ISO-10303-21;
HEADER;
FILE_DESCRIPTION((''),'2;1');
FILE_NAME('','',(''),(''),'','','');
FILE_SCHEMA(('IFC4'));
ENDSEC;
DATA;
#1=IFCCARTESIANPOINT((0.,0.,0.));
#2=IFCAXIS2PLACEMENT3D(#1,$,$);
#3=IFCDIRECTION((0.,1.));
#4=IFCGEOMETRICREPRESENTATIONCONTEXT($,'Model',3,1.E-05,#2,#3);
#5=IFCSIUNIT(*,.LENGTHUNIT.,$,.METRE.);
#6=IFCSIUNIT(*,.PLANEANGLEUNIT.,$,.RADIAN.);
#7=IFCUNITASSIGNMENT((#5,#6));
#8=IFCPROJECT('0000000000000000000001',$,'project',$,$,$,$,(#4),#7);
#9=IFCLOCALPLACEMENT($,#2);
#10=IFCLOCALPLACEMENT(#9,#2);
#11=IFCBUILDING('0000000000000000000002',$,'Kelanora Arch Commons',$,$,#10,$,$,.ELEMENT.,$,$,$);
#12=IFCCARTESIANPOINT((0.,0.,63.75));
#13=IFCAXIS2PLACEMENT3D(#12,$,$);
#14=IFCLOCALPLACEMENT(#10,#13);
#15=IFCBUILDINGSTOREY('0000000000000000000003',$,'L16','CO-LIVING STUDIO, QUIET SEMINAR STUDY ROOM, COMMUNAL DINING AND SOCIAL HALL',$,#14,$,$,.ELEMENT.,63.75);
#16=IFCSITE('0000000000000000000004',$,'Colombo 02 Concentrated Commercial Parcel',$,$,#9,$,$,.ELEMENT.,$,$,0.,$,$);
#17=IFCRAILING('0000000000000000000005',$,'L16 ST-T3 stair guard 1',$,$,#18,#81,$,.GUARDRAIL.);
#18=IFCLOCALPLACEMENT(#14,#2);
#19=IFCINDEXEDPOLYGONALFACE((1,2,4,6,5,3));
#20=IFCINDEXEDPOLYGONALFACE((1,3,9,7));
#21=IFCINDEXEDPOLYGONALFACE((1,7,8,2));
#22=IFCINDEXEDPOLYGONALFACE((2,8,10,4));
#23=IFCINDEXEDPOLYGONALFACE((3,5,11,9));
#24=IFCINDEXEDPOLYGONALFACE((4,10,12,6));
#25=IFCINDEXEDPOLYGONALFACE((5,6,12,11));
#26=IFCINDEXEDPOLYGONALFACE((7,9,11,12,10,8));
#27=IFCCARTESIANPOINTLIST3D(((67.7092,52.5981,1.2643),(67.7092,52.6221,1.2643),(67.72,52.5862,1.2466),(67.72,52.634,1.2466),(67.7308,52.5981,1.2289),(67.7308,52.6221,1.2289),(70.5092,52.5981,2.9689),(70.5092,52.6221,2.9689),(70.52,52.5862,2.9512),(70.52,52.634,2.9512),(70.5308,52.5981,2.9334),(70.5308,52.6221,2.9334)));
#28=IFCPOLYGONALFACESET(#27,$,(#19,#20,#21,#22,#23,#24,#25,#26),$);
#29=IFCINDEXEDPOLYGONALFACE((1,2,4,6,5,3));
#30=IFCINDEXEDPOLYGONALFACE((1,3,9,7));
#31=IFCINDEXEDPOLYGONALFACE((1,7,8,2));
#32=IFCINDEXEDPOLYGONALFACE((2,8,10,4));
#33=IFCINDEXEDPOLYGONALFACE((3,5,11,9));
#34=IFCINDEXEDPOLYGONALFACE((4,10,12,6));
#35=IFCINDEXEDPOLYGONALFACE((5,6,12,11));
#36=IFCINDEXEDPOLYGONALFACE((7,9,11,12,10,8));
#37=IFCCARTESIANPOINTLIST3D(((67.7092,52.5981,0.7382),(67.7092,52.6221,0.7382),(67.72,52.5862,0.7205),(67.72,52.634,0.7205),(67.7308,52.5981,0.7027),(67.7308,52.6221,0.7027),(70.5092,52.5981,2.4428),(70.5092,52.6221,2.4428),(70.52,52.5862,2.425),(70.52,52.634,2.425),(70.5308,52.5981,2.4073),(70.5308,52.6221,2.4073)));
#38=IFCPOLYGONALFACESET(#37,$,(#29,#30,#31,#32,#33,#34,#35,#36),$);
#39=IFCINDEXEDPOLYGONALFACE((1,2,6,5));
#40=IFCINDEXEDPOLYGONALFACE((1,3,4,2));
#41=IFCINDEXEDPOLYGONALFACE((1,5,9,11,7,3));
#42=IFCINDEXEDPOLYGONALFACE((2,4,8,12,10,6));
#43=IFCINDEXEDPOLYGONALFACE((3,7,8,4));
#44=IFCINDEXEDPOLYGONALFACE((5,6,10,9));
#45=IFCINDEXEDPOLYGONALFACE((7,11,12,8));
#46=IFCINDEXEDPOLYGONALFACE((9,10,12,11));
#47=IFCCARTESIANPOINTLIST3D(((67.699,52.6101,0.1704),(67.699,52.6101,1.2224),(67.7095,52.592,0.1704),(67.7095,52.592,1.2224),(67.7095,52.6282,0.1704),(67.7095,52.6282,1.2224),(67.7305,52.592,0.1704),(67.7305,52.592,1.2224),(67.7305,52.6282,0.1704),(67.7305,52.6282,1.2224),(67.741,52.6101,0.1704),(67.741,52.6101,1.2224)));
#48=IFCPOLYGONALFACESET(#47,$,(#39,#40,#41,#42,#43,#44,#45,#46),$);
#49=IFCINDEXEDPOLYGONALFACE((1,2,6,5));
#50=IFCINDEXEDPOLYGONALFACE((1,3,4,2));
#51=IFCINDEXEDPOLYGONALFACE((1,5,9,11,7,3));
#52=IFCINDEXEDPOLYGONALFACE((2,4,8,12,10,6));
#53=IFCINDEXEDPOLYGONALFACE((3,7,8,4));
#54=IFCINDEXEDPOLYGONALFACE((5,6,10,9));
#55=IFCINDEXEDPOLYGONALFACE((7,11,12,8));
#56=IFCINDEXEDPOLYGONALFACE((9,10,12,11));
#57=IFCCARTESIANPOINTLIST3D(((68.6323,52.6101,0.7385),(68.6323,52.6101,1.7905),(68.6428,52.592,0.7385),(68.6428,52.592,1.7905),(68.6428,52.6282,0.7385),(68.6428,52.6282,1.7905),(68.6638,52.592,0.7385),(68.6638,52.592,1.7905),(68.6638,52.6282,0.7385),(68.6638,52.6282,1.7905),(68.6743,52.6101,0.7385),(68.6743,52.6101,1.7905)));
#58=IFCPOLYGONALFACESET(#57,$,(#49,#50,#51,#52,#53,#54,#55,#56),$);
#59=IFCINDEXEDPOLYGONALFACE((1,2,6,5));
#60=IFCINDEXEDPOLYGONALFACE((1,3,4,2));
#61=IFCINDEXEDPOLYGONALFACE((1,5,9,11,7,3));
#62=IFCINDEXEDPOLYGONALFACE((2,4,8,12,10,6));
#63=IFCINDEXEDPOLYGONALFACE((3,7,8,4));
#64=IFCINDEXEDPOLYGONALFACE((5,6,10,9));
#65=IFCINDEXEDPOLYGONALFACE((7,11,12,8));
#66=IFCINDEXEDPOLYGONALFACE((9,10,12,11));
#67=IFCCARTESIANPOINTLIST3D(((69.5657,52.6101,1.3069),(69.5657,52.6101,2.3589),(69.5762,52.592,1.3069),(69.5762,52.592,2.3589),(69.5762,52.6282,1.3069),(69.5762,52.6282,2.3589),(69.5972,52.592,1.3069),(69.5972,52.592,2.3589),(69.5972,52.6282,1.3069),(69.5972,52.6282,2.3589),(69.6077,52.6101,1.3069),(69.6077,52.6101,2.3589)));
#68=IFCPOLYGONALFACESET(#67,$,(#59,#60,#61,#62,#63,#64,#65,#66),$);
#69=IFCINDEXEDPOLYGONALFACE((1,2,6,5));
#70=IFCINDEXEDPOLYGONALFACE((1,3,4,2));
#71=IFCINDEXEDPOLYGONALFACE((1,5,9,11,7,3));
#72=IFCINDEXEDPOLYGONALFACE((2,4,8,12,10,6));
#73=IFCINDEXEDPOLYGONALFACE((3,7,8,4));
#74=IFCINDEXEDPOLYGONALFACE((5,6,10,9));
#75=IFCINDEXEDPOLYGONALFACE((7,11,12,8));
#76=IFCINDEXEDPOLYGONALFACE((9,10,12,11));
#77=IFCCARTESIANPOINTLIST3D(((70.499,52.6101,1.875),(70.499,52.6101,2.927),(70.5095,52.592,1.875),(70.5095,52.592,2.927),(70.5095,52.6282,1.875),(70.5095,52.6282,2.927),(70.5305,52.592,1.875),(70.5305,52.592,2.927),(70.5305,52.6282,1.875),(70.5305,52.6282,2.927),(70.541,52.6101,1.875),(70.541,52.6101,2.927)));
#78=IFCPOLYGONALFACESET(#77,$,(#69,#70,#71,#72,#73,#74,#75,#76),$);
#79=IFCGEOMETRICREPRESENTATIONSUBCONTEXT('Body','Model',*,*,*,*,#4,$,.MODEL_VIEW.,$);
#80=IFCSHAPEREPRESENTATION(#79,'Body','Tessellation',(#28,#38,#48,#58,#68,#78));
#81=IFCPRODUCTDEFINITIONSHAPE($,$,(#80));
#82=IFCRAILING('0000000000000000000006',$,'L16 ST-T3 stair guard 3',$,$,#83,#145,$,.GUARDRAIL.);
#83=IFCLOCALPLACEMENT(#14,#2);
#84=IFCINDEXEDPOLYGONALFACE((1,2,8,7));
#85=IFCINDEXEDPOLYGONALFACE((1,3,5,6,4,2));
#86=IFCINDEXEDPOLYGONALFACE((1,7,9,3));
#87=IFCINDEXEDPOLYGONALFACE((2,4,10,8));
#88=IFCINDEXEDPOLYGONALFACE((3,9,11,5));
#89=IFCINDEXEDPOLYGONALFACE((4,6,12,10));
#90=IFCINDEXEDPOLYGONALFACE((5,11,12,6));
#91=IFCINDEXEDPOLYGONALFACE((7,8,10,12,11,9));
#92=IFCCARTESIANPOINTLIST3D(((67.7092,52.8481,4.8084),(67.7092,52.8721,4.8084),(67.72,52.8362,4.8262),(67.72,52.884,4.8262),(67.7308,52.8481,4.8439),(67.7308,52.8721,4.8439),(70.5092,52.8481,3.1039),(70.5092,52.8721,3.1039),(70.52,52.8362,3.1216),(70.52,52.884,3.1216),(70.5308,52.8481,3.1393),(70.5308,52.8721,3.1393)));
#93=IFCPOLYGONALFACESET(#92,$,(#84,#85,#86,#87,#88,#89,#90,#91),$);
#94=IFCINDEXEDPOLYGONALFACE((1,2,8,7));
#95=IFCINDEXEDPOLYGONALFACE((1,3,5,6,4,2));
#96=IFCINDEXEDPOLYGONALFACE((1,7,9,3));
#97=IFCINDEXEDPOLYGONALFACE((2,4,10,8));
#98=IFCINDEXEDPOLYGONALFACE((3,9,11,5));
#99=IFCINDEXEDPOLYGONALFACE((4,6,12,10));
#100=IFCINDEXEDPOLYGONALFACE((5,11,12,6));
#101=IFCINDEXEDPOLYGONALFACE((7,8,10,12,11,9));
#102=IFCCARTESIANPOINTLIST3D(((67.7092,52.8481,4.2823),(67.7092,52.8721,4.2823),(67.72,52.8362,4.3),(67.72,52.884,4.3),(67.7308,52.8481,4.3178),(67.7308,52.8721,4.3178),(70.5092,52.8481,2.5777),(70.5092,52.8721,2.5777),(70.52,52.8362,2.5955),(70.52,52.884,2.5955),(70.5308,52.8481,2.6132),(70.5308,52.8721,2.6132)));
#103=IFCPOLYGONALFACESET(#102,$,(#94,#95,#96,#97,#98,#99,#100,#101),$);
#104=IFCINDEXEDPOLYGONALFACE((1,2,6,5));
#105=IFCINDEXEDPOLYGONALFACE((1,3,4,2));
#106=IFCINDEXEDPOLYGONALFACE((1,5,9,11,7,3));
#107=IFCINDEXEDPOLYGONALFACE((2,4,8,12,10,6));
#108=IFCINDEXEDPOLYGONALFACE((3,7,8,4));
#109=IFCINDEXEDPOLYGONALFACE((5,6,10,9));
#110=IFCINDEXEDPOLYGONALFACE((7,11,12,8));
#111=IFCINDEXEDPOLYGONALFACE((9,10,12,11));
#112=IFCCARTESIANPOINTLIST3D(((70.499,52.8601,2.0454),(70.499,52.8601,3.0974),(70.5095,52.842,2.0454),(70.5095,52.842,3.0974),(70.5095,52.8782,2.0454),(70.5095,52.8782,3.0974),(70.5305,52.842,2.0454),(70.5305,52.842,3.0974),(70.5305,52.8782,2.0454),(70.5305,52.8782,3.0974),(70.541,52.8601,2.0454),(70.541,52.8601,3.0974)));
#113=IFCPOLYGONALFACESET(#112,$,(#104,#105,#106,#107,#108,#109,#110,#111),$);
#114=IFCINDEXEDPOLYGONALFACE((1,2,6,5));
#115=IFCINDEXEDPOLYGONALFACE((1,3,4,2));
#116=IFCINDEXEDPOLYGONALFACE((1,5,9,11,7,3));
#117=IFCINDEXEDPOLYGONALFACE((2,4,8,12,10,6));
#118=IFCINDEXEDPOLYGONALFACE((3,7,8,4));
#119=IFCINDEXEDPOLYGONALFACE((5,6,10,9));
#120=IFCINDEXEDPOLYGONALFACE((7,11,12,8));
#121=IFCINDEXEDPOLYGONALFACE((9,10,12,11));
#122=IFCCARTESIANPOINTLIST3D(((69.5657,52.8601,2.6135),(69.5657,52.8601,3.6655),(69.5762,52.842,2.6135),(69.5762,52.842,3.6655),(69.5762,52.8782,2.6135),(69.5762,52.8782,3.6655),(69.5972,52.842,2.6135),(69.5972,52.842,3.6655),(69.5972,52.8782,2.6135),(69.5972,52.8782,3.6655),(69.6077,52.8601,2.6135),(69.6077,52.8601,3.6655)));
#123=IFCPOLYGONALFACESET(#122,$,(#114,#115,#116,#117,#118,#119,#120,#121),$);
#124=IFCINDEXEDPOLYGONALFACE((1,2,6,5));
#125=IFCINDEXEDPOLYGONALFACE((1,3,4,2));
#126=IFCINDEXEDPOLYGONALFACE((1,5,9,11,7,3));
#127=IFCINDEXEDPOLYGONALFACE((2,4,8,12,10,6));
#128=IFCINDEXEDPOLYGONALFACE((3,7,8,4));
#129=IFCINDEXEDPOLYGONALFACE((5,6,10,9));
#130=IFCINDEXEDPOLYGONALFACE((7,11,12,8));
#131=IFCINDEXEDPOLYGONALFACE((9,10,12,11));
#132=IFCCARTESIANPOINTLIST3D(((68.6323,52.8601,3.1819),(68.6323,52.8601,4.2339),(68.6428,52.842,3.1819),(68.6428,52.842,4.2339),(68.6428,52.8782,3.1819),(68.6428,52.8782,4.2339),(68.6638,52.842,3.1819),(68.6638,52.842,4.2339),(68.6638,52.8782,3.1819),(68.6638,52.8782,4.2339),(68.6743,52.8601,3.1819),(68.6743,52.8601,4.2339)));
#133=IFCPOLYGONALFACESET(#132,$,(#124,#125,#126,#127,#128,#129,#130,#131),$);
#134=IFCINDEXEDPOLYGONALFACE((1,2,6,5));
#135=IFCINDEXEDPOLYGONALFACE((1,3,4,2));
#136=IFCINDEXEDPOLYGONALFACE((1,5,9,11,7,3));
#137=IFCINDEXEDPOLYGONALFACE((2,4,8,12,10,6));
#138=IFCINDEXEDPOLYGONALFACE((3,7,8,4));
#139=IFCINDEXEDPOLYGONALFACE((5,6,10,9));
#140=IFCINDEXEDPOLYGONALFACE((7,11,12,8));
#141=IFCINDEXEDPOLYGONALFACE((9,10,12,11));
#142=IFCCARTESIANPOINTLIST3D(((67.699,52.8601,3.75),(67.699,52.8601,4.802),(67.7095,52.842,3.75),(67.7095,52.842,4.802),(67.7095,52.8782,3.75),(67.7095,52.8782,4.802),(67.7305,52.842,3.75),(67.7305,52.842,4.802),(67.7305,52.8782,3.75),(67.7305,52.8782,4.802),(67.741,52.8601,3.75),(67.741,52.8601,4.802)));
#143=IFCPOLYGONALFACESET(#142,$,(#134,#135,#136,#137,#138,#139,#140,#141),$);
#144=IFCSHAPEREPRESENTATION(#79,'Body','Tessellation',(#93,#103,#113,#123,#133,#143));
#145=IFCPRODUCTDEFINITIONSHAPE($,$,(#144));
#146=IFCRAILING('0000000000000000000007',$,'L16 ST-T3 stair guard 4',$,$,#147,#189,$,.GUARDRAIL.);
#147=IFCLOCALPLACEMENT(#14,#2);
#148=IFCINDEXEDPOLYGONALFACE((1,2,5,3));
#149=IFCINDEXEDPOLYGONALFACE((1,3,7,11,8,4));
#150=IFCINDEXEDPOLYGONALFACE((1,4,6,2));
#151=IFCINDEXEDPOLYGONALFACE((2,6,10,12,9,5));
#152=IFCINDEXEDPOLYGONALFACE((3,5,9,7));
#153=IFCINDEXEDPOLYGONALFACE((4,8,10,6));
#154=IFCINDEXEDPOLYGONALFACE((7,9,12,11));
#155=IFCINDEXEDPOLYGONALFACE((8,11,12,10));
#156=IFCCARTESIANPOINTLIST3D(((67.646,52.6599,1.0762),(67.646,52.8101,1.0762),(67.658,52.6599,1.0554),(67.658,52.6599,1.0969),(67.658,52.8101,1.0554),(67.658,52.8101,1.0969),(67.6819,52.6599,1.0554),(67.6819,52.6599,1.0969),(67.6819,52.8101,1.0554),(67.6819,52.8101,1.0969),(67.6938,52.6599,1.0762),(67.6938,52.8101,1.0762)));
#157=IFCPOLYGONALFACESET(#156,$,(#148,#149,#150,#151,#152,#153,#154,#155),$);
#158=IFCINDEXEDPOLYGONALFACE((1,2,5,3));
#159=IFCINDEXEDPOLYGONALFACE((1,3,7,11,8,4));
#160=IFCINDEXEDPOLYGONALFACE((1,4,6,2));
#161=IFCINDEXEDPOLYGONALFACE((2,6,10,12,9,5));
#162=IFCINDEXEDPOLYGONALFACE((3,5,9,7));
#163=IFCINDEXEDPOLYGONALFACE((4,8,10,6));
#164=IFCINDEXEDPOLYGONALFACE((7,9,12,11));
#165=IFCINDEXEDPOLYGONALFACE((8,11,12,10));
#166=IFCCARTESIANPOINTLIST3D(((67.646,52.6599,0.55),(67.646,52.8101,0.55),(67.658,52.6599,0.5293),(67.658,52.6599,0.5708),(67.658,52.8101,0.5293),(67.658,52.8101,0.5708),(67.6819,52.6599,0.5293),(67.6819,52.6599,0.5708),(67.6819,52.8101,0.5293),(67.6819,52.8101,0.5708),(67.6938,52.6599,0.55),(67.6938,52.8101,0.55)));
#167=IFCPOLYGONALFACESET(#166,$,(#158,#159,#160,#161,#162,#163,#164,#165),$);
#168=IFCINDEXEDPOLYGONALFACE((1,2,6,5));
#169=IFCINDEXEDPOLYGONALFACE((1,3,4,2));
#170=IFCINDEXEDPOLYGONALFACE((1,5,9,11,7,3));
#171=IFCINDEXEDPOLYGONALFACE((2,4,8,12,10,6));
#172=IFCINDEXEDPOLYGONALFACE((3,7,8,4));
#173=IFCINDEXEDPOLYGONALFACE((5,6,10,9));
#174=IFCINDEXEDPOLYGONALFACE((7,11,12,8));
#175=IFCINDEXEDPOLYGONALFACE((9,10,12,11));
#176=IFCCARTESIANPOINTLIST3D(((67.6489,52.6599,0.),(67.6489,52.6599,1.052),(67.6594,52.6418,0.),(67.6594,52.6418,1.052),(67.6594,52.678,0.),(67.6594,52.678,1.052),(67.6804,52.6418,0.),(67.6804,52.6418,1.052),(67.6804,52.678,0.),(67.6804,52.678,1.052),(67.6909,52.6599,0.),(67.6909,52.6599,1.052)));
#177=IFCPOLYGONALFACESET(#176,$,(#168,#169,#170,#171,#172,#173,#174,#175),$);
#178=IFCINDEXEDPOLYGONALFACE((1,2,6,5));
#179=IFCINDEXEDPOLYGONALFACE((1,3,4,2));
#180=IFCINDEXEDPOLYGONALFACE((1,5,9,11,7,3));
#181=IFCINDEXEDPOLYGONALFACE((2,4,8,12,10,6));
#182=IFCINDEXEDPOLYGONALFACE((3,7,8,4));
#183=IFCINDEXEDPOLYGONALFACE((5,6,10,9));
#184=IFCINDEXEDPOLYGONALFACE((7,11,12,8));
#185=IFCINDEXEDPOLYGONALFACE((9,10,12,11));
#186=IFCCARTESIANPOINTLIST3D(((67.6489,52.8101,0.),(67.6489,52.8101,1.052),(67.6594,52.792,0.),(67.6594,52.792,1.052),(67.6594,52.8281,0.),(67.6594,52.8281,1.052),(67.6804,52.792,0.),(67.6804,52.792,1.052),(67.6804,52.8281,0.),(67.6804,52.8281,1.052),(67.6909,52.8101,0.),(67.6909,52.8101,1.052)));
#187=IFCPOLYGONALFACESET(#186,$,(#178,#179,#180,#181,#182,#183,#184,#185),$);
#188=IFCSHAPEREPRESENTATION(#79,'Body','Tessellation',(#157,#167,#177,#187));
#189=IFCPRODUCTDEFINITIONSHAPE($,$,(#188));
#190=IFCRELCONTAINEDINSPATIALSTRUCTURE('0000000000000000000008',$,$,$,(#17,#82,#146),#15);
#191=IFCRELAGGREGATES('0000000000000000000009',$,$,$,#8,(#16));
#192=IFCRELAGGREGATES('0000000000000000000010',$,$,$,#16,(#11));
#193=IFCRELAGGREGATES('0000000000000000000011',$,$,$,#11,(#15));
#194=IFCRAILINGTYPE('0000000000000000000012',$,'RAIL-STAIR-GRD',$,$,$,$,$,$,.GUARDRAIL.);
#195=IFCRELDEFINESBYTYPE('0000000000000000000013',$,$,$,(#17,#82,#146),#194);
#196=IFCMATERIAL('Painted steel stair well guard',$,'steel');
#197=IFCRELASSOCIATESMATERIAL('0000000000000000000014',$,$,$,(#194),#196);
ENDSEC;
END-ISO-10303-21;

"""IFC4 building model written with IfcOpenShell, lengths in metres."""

from ifc_helpers import new_model, si_unit, direction, frame, origin, place, context, subcontext, project, spatial, polyline, outline, extrude, material, type_object, element, save


model = new_model("IFC4")

# Units and contexts
model_context = context("Model", 3, precision=1e-05, world=origin(), true_north=direction((0.0, 1.0)))
body_context = subcontext(model_context, "Body", "Model", "MODEL_VIEW")
ifc_project = project(units=[si_unit("LENGTHUNIT", "METRE"), si_unit("PLANEANGLEUNIT", "RADIAN")], contexts=[model_context])

# Site, building, storey
site_placement = place(None, origin())
site = spatial("IfcSite", under=ifc_project, at=site_placement, Name="Colombo 02 Concentrated Commercial Parcel", CompositionType="ELEMENT", RefElevation=0.0)
building_placement = place(site_placement, origin())
building = spatial("IfcBuilding", under=site, at=building_placement, Name="Kelanora Arch Commons", CompositionType="ELEMENT")
storey_placement = place(building_placement, frame((0.0, 0.0, 63.75)))
storey = spatial("IfcBuildingStorey", under=building, at=storey_placement, Name="L16", Description="CO-LIVING STUDIO, QUIET SEMINAR STUDY ROOM, COMMUNAL DINING AND SOCIAL HALL", CompositionType="ELEMENT", Elevation=63.75)

# Railings
ifc_material_1 = material(Name="Painted steel stair well guard", Category="steel")
railing_type_1 = type_object("IfcRailingType", Name="RAIL-STAIR-GRD", PredefinedType="GUARDRAIL", material=ifc_material_1)
railing_1_placement = place(storey_placement, frame((67.72, 52.6101, 0.1704)))
element("IfcRailing", 1, at=railing_1_placement, inside=storey, type_object=railing_type_1, Name="L16 ST-T3 stair guard 1", PredefinedType="GUARDRAIL", context=body_context, shape_type="SweptSolid", body=[
    extrude(outline(polyline([(0.0239, 0.0), (0.012, 0.0208), (-0.012, 0.0208), (-0.0239, 0.0), (-0.012, -0.0208), (0.012, -0.0208), (0.0239, 0.0)])), frame((0.0, 0.0, 1.0762), z_axis=(0.85417, 0.0, 0.519994), x_axis=(0.0, 1.0, 0.0)), (0.0, 0.0, 1.0), 3.2781),
    extrude(outline(polyline([(0.0239, 0.0), (0.012, 0.0208), (-0.012, 0.0208), (-0.0239, 0.0), (-0.012, -0.0208), (0.012, -0.0208), (0.0239, 0.0)])), frame((0.0, 0.0, 0.55), z_axis=(0.85417, 0.0, 0.519994), x_axis=(0.0, 1.0, 0.0)), (0.0, 0.0, 1.0), 3.2781),
    extrude(outline(polyline([(0.021, 0.0), (0.0105, 0.0181), (-0.0105, 0.0181), (-0.021, 0.0), (-0.0105, -0.0181), (0.0105, -0.0181), (0.021, 0.0)])), origin(), (0.0, 0.0, 1.0), 1.052),
    extrude(outline(polyline([(0.021, 0.0), (0.0105, 0.0181), (-0.0105, 0.0181), (-0.021, 0.0), (-0.0105, -0.0181), (0.0105, -0.0181), (0.021, 0.0)])), frame((0.9333, 0.0, 0.5681)), (0.0, 0.0, 1.0), 1.052),
    extrude(outline(polyline([(0.021, 0.0), (0.0105, 0.0181), (-0.0105, 0.0181), (-0.021, 0.0), (-0.0105, -0.0181), (0.0105, -0.0181), (0.021, 0.0)])), frame((1.8667, 0.0, 1.1365)), (0.0, 0.0, 1.0), 1.052),
    extrude(outline(polyline([(0.021, 0.0), (0.0105, 0.0181), (-0.0105, 0.0181), (-0.021, 0.0), (-0.0105, -0.0181), (0.0105, -0.0181), (0.021, 0.0)])), frame((2.8, 0.0, 1.7046)), (0.0, 0.0, 1.0), 1.052),
])
railing_2_placement = place(storey_placement, frame((70.52, 52.8601, 2.0454)))
element("IfcRailing", 2, at=railing_2_placement, inside=storey, type_object=railing_type_1, Name="L16 ST-T3 stair guard 3", PredefinedType="GUARDRAIL", context=body_context, shape_type="SweptSolid", body=[
    extrude(outline(polyline([(0.0239, 0.0), (0.012, 0.0208), (-0.012, 0.0208), (-0.0239, 0.0), (-0.012, -0.0208), (0.012, -0.0208), (0.0239, 0.0)])), frame((0.0, 0.0, 1.0762), z_axis=(-0.85417, 0.0, 0.519994), x_axis=(0.0, -1.0, 0.0)), (0.0, 0.0, 1.0), 3.2781),
    extrude(outline(polyline([(0.0239, 0.0), (0.012, 0.0208), (-0.012, 0.0208), (-0.0239, 0.0), (-0.012, -0.0208), (0.012, -0.0208), (0.0239, 0.0)])), frame((0.0, 0.0, 0.55), z_axis=(-0.85417, 0.0, 0.519994), x_axis=(0.0, -1.0, 0.0)), (0.0, 0.0, 1.0), 3.2781),
    extrude(outline(polyline([(0.021, 0.0), (0.0105, 0.0181), (-0.0105, 0.0181), (-0.021, 0.0), (-0.0105, -0.0181), (0.0105, -0.0181), (0.021, 0.0)])), origin(), (0.0, 0.0, 1.0), 1.052),
    extrude(outline(polyline([(0.021, 0.0), (0.0105, 0.0181), (-0.0105, 0.0181), (-0.021, 0.0), (-0.0105, -0.0181), (0.0105, -0.0181), (0.021, 0.0)])), frame((-0.9333, 0.0, 0.5681)), (0.0, 0.0, 1.0), 1.052),
    extrude(outline(polyline([(0.021, 0.0), (0.0105, 0.0181), (-0.0105, 0.0181), (-0.021, 0.0), (-0.0105, -0.0181), (0.0105, -0.0181), (0.021, 0.0)])), frame((-1.8667, 0.0, 1.1365)), (0.0, 0.0, 1.0), 1.052),
    extrude(outline(polyline([(0.021, 0.0), (0.0105, 0.0181), (-0.0105, 0.0181), (-0.021, 0.0), (-0.0105, -0.0181), (0.0105, -0.0181), (0.021, 0.0)])), frame((-2.8, 0.0, 1.7046)), (0.0, 0.0, 1.0), 1.052),
])
railing_3_placement = place(storey_placement, frame((67.6699, 52.6599, 0.0)))
element("IfcRailing", 3, at=railing_3_placement, inside=storey, type_object=railing_type_1, Name="L16 ST-T3 stair guard 4", PredefinedType="GUARDRAIL", context=body_context, shape_type="SweptSolid", body=[
    extrude(outline(polyline([(0.0239, 0.0), (0.012, 0.0208), (-0.012, 0.0208), (-0.0239, 0.0), (-0.012, -0.0208), (0.012, -0.0208), (0.0239, 0.0)])), frame((0.0, 0.0, 1.0762), z_axis=(0.0, 1.0, 0.0), x_axis=(-1.0, 0.0, 0.0)), (0.0, 0.0, 1.0), 0.1501),
    extrude(outline(polyline([(0.0239, 0.0), (0.012, 0.0208), (-0.012, 0.0208), (-0.0239, 0.0), (-0.012, -0.0208), (0.012, -0.0208), (0.0239, 0.0)])), frame((0.0, 0.0, 0.55), z_axis=(0.0, 1.0, 0.0), x_axis=(-1.0, 0.0, 0.0)), (0.0, 0.0, 1.0), 0.1501),
    extrude(outline(polyline([(0.021, 0.0), (0.0105, 0.0181), (-0.0105, 0.0181), (-0.021, 0.0), (-0.0105, -0.0181), (0.0105, -0.0181), (0.021, 0.0)])), origin(), (0.0, 0.0, 1.0), 1.052),
    extrude(outline(polyline([(0.021, 0.0), (0.0105, 0.0181), (-0.0105, 0.0181), (-0.021, 0.0), (-0.0105, -0.0181), (0.0105, -0.0181), (0.021, 0.0)])), frame((0.0, 0.1501, 0.0)), (0.0, 0.0, 1.0), 1.052),
])

save(model, "model.ifc")
